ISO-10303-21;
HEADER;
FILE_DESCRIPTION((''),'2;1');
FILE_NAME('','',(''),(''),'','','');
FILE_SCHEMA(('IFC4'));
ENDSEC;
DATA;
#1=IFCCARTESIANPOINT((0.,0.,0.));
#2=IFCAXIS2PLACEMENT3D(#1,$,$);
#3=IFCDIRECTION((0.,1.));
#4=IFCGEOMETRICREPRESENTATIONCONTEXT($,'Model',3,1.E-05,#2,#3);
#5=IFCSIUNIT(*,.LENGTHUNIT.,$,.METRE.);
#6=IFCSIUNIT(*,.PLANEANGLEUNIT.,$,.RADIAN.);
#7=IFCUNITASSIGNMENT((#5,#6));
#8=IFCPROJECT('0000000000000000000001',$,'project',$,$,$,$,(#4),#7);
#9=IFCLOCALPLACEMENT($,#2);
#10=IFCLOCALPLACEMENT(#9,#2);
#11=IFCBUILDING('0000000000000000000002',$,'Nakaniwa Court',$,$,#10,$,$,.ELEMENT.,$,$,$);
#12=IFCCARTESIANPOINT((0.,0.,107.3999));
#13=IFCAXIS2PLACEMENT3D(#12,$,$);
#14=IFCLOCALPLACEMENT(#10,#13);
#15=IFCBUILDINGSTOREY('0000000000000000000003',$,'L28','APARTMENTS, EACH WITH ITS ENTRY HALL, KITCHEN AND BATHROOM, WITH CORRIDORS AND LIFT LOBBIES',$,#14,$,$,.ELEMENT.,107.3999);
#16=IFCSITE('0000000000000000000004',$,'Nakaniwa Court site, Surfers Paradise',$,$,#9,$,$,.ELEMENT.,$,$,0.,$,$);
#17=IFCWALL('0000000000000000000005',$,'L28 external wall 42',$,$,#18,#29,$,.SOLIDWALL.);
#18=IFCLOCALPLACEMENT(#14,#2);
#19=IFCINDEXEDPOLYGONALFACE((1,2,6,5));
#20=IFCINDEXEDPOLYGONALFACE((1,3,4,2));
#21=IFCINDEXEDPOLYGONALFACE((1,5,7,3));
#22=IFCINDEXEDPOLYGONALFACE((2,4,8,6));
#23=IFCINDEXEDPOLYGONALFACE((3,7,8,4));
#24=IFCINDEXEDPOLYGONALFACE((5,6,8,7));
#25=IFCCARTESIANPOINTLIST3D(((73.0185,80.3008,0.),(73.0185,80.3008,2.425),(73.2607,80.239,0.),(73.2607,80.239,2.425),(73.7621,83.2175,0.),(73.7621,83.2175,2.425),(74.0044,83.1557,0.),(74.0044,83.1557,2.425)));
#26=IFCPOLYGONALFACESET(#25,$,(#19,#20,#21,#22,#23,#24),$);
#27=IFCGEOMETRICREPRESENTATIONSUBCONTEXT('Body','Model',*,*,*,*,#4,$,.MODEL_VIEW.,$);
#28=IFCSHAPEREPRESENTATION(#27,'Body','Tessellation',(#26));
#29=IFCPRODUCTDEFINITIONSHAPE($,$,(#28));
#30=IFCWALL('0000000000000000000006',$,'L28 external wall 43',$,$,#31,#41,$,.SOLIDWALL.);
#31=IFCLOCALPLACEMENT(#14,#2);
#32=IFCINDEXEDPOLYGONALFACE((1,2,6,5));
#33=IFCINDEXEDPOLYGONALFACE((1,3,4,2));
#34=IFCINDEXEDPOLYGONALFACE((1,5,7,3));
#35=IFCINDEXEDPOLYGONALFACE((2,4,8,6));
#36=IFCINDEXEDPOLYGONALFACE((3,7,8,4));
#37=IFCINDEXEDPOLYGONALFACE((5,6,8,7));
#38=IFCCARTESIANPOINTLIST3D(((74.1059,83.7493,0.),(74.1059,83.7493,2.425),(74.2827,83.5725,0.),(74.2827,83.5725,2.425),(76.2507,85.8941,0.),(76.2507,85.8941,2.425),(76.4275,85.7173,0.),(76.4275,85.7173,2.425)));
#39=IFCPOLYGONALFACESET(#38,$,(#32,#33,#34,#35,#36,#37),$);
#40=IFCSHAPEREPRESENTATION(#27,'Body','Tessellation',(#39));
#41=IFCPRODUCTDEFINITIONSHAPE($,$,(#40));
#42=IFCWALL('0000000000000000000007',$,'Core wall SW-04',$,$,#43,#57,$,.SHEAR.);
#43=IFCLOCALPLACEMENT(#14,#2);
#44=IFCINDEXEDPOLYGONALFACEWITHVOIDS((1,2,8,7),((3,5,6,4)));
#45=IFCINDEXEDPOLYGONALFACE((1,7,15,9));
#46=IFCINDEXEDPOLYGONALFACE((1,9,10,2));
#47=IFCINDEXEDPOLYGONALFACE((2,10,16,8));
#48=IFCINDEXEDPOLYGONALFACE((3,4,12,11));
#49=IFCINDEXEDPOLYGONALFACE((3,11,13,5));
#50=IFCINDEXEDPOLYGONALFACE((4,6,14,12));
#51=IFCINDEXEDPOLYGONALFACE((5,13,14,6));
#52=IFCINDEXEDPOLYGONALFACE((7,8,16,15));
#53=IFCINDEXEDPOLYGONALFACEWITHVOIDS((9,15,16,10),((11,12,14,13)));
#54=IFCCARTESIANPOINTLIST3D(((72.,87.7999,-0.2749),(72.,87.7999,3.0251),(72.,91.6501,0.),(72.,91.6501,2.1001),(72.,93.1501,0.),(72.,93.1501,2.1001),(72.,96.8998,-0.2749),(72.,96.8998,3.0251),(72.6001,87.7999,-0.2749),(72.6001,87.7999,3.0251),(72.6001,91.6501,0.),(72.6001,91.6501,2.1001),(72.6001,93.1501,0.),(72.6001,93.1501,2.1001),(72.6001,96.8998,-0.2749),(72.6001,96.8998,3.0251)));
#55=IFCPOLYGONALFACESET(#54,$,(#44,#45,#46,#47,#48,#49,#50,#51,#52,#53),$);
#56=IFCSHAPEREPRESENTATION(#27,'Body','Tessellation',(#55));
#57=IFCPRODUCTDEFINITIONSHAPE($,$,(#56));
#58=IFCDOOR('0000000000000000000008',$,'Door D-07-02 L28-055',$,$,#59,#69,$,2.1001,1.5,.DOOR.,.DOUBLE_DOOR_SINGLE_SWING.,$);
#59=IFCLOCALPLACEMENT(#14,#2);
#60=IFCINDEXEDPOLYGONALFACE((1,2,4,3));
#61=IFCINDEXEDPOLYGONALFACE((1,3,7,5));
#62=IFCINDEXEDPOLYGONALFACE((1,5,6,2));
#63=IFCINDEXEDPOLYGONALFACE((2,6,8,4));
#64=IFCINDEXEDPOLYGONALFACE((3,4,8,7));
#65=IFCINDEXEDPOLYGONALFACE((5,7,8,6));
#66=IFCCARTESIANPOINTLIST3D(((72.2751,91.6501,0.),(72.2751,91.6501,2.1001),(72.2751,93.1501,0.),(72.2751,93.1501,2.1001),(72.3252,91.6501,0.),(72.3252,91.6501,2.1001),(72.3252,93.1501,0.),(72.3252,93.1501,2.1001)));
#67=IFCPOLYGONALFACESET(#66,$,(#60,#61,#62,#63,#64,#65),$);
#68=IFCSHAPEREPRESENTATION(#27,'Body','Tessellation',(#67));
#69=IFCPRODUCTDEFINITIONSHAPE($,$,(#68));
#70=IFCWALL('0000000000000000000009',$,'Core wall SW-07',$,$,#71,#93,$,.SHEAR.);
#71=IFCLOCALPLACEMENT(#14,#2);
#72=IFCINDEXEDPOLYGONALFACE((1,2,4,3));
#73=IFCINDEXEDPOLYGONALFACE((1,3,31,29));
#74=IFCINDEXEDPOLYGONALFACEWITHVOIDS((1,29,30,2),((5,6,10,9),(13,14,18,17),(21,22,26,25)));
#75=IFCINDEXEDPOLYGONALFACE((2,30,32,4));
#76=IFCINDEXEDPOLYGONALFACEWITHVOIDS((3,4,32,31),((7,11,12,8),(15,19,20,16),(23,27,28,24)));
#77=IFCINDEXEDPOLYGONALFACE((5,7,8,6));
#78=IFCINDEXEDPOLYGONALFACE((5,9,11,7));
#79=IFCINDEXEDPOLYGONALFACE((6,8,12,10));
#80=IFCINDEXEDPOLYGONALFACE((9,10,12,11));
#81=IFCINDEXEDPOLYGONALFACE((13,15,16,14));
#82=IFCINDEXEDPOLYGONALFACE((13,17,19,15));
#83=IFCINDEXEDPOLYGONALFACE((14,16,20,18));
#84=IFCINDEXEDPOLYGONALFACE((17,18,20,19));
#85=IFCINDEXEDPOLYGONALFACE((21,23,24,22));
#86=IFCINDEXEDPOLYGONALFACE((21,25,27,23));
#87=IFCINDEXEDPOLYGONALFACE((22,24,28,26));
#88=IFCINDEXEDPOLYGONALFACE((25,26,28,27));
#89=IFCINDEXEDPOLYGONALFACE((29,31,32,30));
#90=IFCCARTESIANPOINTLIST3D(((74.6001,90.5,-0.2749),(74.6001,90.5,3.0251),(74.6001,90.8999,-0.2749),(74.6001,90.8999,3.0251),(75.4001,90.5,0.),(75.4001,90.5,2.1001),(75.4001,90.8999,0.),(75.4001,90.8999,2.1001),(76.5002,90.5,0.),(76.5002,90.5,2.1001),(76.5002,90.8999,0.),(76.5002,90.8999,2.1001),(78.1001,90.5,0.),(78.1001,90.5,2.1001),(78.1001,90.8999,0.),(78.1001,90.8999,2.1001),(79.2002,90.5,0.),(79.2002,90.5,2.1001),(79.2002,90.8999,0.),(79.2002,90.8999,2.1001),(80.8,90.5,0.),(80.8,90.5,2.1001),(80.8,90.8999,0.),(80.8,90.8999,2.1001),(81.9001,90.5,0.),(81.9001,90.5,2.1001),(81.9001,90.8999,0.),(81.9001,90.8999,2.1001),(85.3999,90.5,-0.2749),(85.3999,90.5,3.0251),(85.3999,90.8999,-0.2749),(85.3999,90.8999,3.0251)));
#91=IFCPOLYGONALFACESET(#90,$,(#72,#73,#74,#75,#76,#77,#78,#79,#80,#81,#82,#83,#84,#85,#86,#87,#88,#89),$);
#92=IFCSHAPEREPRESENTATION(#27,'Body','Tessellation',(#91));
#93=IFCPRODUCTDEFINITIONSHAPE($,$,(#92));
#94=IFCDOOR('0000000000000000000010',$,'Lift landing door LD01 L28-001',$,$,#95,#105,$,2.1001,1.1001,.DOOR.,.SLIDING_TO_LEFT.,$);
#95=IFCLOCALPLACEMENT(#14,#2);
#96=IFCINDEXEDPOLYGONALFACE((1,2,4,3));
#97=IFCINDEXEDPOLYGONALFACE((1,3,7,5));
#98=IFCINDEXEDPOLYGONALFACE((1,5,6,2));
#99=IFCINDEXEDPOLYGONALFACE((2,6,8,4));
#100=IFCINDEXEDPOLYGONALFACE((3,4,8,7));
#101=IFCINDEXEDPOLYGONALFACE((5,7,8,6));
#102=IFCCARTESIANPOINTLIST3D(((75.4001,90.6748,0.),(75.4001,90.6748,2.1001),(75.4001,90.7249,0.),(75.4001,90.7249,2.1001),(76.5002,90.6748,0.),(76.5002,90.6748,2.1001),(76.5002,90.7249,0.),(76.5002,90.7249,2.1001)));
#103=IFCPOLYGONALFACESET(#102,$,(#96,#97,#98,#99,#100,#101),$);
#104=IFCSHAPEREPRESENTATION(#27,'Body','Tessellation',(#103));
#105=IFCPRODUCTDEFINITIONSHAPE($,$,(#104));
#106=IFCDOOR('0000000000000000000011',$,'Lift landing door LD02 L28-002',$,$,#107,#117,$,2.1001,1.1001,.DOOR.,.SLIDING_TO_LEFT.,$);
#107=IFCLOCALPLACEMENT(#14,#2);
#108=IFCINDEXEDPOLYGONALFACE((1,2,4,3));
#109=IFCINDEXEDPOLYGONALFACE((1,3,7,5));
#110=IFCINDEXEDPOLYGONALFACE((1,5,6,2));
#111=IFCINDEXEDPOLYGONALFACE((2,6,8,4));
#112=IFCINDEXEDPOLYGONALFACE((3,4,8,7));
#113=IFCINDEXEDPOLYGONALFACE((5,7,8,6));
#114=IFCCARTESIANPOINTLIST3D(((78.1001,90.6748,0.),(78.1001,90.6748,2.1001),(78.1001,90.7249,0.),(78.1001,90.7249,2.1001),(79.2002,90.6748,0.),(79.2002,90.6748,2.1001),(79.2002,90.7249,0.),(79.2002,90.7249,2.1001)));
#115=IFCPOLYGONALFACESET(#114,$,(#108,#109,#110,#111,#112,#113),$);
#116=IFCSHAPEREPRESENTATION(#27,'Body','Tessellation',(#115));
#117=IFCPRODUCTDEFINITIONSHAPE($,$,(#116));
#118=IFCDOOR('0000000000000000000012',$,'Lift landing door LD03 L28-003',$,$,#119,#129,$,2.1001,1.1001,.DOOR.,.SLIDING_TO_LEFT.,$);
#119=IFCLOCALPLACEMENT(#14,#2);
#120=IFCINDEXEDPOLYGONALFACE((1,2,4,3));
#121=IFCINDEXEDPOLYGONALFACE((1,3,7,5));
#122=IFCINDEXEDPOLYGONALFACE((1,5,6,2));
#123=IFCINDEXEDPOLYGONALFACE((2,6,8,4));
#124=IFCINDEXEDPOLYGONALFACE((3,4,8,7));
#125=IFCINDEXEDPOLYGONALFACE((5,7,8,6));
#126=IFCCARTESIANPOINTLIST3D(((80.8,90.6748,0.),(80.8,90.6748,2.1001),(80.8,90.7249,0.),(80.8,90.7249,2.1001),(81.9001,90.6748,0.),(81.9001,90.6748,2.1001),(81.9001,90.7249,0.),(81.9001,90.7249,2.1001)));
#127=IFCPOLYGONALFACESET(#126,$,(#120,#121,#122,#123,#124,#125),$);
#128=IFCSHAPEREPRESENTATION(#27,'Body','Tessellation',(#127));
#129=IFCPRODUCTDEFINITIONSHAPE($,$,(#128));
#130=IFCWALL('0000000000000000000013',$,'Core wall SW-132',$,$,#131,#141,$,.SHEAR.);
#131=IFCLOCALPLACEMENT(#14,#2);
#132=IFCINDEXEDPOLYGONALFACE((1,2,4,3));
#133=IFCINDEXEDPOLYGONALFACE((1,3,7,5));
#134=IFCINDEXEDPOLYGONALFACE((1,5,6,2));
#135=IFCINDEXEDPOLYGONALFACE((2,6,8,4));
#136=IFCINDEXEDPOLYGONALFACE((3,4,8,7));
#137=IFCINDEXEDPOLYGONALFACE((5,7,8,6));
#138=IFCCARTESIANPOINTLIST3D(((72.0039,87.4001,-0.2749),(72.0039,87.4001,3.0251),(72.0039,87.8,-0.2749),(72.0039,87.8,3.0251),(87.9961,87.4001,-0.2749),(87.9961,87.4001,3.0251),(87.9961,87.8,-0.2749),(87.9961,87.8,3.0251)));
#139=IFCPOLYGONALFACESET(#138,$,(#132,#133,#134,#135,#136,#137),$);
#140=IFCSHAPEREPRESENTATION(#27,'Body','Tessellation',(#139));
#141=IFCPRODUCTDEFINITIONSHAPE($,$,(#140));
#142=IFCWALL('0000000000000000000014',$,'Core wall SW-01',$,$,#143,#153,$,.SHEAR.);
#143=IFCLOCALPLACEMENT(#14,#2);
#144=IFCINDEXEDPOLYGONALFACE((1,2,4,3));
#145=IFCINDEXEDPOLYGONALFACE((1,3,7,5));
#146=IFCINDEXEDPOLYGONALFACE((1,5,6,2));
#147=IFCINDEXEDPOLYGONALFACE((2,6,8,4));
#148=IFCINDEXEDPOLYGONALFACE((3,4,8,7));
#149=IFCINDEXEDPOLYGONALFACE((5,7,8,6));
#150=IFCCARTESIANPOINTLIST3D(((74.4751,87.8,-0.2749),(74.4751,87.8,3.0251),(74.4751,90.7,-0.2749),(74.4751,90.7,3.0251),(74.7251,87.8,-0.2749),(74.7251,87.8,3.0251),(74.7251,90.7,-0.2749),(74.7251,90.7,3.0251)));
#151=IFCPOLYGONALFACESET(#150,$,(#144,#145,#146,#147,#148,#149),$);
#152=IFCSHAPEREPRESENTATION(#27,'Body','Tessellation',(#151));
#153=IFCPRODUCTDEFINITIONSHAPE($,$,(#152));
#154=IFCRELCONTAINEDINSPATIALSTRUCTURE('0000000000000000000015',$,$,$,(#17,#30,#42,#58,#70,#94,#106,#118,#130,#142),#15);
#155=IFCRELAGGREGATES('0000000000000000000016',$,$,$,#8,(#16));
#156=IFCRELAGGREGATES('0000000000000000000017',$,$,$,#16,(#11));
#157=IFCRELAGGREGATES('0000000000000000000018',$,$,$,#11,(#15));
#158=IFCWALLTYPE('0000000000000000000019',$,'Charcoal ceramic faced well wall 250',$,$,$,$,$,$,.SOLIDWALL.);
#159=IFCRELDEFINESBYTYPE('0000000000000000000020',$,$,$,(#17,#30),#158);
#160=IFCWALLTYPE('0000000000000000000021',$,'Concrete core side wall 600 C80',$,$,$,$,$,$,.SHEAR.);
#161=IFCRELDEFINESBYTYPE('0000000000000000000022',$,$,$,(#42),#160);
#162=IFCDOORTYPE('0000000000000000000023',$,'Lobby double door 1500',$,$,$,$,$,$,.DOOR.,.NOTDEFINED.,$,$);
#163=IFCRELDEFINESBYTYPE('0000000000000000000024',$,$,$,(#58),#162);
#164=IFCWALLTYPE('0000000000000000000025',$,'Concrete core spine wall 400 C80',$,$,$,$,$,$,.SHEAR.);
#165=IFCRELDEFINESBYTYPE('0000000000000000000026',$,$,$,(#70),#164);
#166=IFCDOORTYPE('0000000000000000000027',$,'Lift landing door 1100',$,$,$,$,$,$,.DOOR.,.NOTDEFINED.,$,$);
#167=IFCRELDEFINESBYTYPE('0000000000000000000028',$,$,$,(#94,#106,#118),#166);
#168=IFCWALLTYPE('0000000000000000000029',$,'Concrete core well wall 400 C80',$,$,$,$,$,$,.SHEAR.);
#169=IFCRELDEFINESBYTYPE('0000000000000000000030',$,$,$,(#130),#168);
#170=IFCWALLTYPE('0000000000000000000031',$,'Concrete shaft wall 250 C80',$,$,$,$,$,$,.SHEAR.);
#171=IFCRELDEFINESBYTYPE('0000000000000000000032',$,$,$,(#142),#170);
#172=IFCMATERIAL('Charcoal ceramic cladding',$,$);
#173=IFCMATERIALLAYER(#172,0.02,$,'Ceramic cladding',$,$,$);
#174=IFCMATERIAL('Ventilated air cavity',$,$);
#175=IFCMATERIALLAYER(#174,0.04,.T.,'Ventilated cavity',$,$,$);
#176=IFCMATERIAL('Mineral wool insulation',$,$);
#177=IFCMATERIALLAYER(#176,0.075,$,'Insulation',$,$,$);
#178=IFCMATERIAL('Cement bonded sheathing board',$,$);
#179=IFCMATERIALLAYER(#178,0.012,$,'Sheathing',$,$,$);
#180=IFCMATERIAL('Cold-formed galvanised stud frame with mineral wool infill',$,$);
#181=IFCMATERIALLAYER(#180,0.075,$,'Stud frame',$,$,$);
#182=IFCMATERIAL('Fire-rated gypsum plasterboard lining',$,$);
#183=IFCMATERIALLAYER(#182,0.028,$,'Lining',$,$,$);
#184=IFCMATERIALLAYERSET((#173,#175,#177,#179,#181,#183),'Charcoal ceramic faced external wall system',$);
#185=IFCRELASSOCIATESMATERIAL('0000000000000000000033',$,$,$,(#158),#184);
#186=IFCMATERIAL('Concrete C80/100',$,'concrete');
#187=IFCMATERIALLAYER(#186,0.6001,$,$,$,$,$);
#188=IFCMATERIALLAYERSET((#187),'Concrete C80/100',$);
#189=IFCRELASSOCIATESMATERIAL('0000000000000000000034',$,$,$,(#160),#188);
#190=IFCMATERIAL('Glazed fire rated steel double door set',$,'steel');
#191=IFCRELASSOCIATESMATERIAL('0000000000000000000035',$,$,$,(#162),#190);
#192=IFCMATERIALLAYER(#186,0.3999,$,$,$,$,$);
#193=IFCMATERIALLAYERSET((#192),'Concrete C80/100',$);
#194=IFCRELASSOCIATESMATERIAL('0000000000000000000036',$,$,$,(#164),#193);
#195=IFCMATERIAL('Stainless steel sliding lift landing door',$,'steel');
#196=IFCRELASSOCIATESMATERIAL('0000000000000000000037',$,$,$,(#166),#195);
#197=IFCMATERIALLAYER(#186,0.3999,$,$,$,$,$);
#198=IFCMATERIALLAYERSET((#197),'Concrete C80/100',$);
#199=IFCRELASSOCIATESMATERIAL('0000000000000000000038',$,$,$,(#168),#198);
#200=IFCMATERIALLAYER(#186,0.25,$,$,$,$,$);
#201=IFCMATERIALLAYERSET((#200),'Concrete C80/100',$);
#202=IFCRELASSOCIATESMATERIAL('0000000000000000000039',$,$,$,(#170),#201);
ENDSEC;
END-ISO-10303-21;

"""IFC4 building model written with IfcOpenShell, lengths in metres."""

from ifc_helpers import new_model, si_unit, direction, frame, frame_2d, origin, place, context, subcontext, project, spatial, rectangle, extrude, material, layer, layer_set, type_object, element, fill, save


model = new_model("IFC4")

# Units and contexts
model_context = context("Model", 3, precision=1e-05, world=origin(), true_north=direction((0.0, 1.0)))
body_context = subcontext(model_context, "Body", "Model", "MODEL_VIEW")
ifc_project = project(units=[si_unit("LENGTHUNIT", "METRE"), si_unit("PLANEANGLEUNIT", "RADIAN")], contexts=[model_context])

# Site, building, storey
site_placement = place(None, origin())
site = spatial("IfcSite", under=ifc_project, at=site_placement, Name="Nakaniwa Court site, Surfers Paradise", CompositionType="ELEMENT", RefElevation=0.0)
building_placement = place(site_placement, origin())
building = spatial("IfcBuilding", under=site, at=building_placement, Name="Nakaniwa Court", CompositionType="ELEMENT")
storey_placement = place(building_placement, frame((0.0, 0.0, 107.3999)))
storey = spatial("IfcBuildingStorey", under=building, at=storey_placement, Name="L28", Description="APARTMENTS, EACH WITH ITS ENTRY HALL, KITCHEN AND BATHROOM, WITH CORRIDORS AND LIFT LOBBIES", CompositionType="ELEMENT", Elevation=107.3999)

# Shared definitions
ifc_material_1 = material(Name="Concrete C80/100", Category="concrete")

# Walls
ifc_material_2 = material(Name="Charcoal ceramic cladding")
ifc_layer_1 = layer(ifc_material_2, 0.02, Name="Ceramic cladding")
ifc_material_3 = material(Name="Ventilated air cavity")
ifc_layer_2 = layer(ifc_material_3, 0.04, ventilated=True, Name="Ventilated cavity")
ifc_material_4 = material(Name="Mineral wool insulation")
ifc_layer_3 = layer(ifc_material_4, 0.075, Name="Insulation")
ifc_material_5 = material(Name="Cement bonded sheathing board")
ifc_layer_4 = layer(ifc_material_5, 0.012, Name="Sheathing")
ifc_material_6 = material(Name="Cold-formed galvanised stud frame with mineral wool infill")
ifc_layer_5 = layer(ifc_material_6, 0.075, Name="Stud frame")
ifc_material_7 = material(Name="Fire-rated gypsum plasterboard lining")
ifc_layer_6 = layer(ifc_material_7, 0.028, Name="Lining")
ifc_layer_set_1 = layer_set([ifc_layer_1, ifc_layer_2, ifc_layer_3, ifc_layer_4, ifc_layer_5, ifc_layer_6], Name="Charcoal ceramic faced external wall system")
wall_type_1 = type_object("IfcWallType", Name="Charcoal ceramic faced well wall 250", PredefinedType="SOLIDWALL", material=ifc_layer_set_1)
wall_1_placement = place(storey_placement, frame((73.1396, 80.27, 0.0), z_axis=(0.0, 0.0, 1.0), x_axis=(0.247056, 0.969001, 0.0)))
element("IfcWall", 1, at=wall_1_placement, inside=storey, type_object=wall_type_1, Name="L28 external wall 42", PredefinedType="SOLIDWALL", context=body_context, shape_type="SweptSolid", body=[
    extrude(rectangle(XDim=3.01, YDim=0.25, at=frame_2d((1.5049, 0.0))), origin(), (0.0, 0.0, 1.0), 2.425),
])
wall_2_placement = place(storey_placement, frame((74.1943, 83.6609, 0.0), z_axis=(0.0, 0.0, 1.0), x_axis=(0.707107, 0.707107, 0.0)))
element("IfcWall", 2, at=wall_2_placement, inside=storey, type_object=wall_type_1, Name="L28 external wall 43", PredefinedType="SOLIDWALL", context=body_context, shape_type="SweptSolid", body=[
    extrude(rectangle(XDim=3.0332, YDim=0.25, at=frame_2d((1.5166, 0.0))), origin(), (0.0, 0.0, 1.0), 2.425),
])

# Wall, opening, door
ifc_layer_7 = layer(ifc_material_1, 0.6001)
ifc_layer_set_2 = layer_set([ifc_layer_7], Name="Concrete C80/100")
wall_type_2 = type_object("IfcWallType", Name="Concrete core side wall 600 C80", PredefinedType="SHEAR", material=ifc_layer_set_2)
wall_3_placement = place(storey_placement, frame((72.3, 87.8, -0.2749), z_axis=(0.0, 0.0, 1.0), x_axis=(0.0, 1.0, 0.0)))
wall_3 = element("IfcWall", 3, at=wall_3_placement, inside=storey, type_object=wall_type_2, Name="Core wall SW-04", PredefinedType="SHEAR", context=body_context, shape_type="SweptSolid", body=[
    extrude(rectangle(XDim=9.0999, YDim=0.6001, at=frame_2d((4.5498, 0.0))), origin(), (0.0, 0.0, 1.0), 3.3),
])
opening_1_placement = place(wall_3_placement, frame((3.8501, 0.0, 0.2749)))
opening_1 = element("IfcOpeningElement", 4, at=opening_1_placement, cuts=wall_3, PredefinedType="OPENING", context=body_context, shape_type="SweptSolid", body=[
    extrude(rectangle(XDim=1.5, YDim=2.1001, at=frame_2d((0.75, 1.05))), frame((0.0, 0.3101, 0.0), z_axis=(0.0, -1.0, 0.0), x_axis=(1.0, 0.0, 0.0)), (0.0, 0.0, 1.0), 0.6201),
])
ifc_material_8 = material(Name="Glazed fire rated steel double door set", Category="steel")
door_type_1 = type_object("IfcDoorType", Name="Lobby double door 1500", OperationType="NOTDEFINED", PredefinedType="DOOR", material=ifc_material_8)
door_1_placement = place(opening_1_placement, origin())
door_1 = element("IfcDoor", 5, at=door_1_placement, inside=storey, type_object=door_type_1, Name="Door D-07-02 L28-055", OperationType="DOUBLE_DOOR_SINGLE_SWING", OverallHeight=2.1001, OverallWidth=1.5, PredefinedType="DOOR", context=body_context, shape_type="SweptSolid", body=[
    extrude(rectangle(XDim=1.5, YDim=2.1001, at=frame_2d((0.75, 1.05))), frame((0.0, 0.0249, 0.0), z_axis=(0.0, -1.0, 0.0), x_axis=(1.0, 0.0, 0.0)), (0.0, 0.0, 1.0), 0.05),
])
fill(opening_1, door_1)

# Wall, openings, doors
ifc_layer_8 = layer(ifc_material_1, 0.3999)
ifc_layer_set_3 = layer_set([ifc_layer_8], Name="Concrete C80/100")
wall_type_3 = type_object("IfcWallType", Name="Concrete core spine wall 400 C80", PredefinedType="SHEAR", material=ifc_layer_set_3)
wall_4_placement = place(storey_placement, frame((74.6001, 90.7, -0.2749), z_axis=(0.0, 0.0, 1.0), x_axis=(1.0, 0.0, 0.0)))
wall_4 = element("IfcWall", 6, at=wall_4_placement, inside=storey, type_object=wall_type_3, Name="Core wall SW-07", PredefinedType="SHEAR", context=body_context, shape_type="SweptSolid", body=[
    extrude(rectangle(XDim=10.7998, YDim=0.3999, at=frame_2d((5.3999, 0.0))), origin(), (0.0, 0.0, 1.0), 3.3),
])
opening_2_placement = place(wall_4_placement, frame((0.8, 0.0, 0.2749)))
opening_2 = element("IfcOpeningElement", 7, at=opening_2_placement, cuts=wall_4, PredefinedType="OPENING", context=body_context, shape_type="SweptSolid", body=[
    extrude(rectangle(XDim=1.1001, YDim=2.1001, at=frame_2d((0.55, 1.05))), frame((0.0, 0.21, 0.0), z_axis=(0.0, -1.0, 0.0), x_axis=(1.0, 0.0, 0.0)), (0.0, 0.0, 1.0), 0.4199),
])
opening_3_placement = place(wall_4_placement, frame((3.5, 0.0, 0.2749)))
opening_3 = element("IfcOpeningElement", 8, at=opening_3_placement, cuts=wall_4, PredefinedType="OPENING", context=body_context, shape_type="SweptSolid", body=[
    extrude(rectangle(XDim=1.1001, YDim=2.1001, at=frame_2d((0.55, 1.05))), frame((0.0, 0.21, 0.0), z_axis=(0.0, -1.0, 0.0), x_axis=(1.0, 0.0, 0.0)), (0.0, 0.0, 1.0), 0.4199),
])
opening_4_placement = place(wall_4_placement, frame((6.2, 0.0, 0.2749)))
opening_4 = element("IfcOpeningElement", 9, at=opening_4_placement, cuts=wall_4, PredefinedType="OPENING", context=body_context, shape_type="SweptSolid", body=[
    extrude(rectangle(XDim=1.1001, YDim=2.1001, at=frame_2d((0.55, 1.05))), frame((0.0, 0.21, 0.0), z_axis=(0.0, -1.0, 0.0), x_axis=(1.0, 0.0, 0.0)), (0.0, 0.0, 1.0), 0.4199),
])
ifc_material_9 = material(Name="Stainless steel sliding lift landing door", Category="steel")
door_type_2 = type_object("IfcDoorType", Name="Lift landing door 1100", OperationType="NOTDEFINED", PredefinedType="DOOR", material=ifc_material_9)
door_2_placement = place(opening_2_placement, origin())
door_2 = element("IfcDoor", 10, at=door_2_placement, inside=storey, type_object=door_type_2, Name="Lift landing door LD01 L28-001", OperationType="SLIDING_TO_LEFT", OverallHeight=2.1001, OverallWidth=1.1001, PredefinedType="DOOR", context=body_context, shape_type="SweptSolid", body=[
    extrude(rectangle(XDim=1.1001, YDim=2.1001, at=frame_2d((0.55, 1.05))), frame((0.0, 0.0249, 0.0), z_axis=(0.0, -1.0, 0.0), x_axis=(1.0, 0.0, 0.0)), (0.0, 0.0, 1.0), 0.05),
])
fill(opening_2, door_2)
door_3_placement = place(opening_3_placement, origin())
door_3 = element("IfcDoor", 11, at=door_3_placement, inside=storey, type_object=door_type_2, Name="Lift landing door LD02 L28-002", OperationType="SLIDING_TO_LEFT", OverallHeight=2.1001, OverallWidth=1.1001, PredefinedType="DOOR", context=body_context, shape_type="SweptSolid", body=[
    extrude(rectangle(XDim=1.1001, YDim=2.1001, at=frame_2d((0.55, 1.05))), frame((0.0, 0.0249, 0.0), z_axis=(0.0, -1.0, 0.0), x_axis=(1.0, 0.0, 0.0)), (0.0, 0.0, 1.0), 0.05),
])
fill(opening_3, door_3)
door_4_placement = place(opening_4_placement, origin())
door_4 = element("IfcDoor", 12, at=door_4_placement, inside=storey, type_object=door_type_2, Name="Lift landing door LD03 L28-003", OperationType="SLIDING_TO_LEFT", OverallHeight=2.1001, OverallWidth=1.1001, PredefinedType="DOOR", context=body_context, shape_type="SweptSolid", body=[
    extrude(rectangle(XDim=1.1001, YDim=2.1001, at=frame_2d((0.55, 1.05))), frame((0.0, 0.0249, 0.0), z_axis=(0.0, -1.0, 0.0), x_axis=(1.0, 0.0, 0.0)), (0.0, 0.0, 1.0), 0.05),
])
fill(opening_4, door_4)

# Walls
ifc_layer_9 = layer(ifc_material_1, 0.3999)
ifc_layer_set_4 = layer_set([ifc_layer_9], Name="Concrete C80/100")
wall_type_4 = type_object("IfcWallType", Name="Concrete core well wall 400 C80", PredefinedType="SHEAR", material=ifc_layer_set_4)
wall_5_placement = place(storey_placement, frame((72.0039, 87.6001, -0.2749), z_axis=(0.0, 0.0, 1.0), x_axis=(1.0, 0.0, 0.0)))
element("IfcWall", 13, at=wall_5_placement, inside=storey, type_object=wall_type_4, Name="Core wall SW-132", PredefinedType="SHEAR", context=body_context, shape_type="SweptSolid", body=[
    extrude(rectangle(XDim=15.9922, YDim=0.3999, at=frame_2d((7.9961, 0.0))), origin(), (0.0, 0.0, 1.0), 3.3),
])
ifc_layer_10 = layer(ifc_material_1, 0.25)
ifc_layer_set_5 = layer_set([ifc_layer_10], Name="Concrete C80/100")
wall_type_5 = type_object("IfcWallType", Name="Concrete shaft wall 250 C80", PredefinedType="SHEAR", material=ifc_layer_set_5)
wall_6_placement = place(storey_placement, frame((74.6001, 87.8, -0.2749), z_axis=(0.0, 0.0, 1.0), x_axis=(0.0, 1.0, 0.0)))
element("IfcWall", 14, at=wall_6_placement, inside=storey, type_object=wall_type_5, Name="Core wall SW-01", PredefinedType="SHEAR", context=body_context, shape_type="SweptSolid", body=[
    extrude(rectangle(XDim=2.8999, YDim=0.25, at=frame_2d((1.45, 0.0))), origin(), (0.0, 0.0, 1.0), 3.3),
])

save(model, "model.ifc")
